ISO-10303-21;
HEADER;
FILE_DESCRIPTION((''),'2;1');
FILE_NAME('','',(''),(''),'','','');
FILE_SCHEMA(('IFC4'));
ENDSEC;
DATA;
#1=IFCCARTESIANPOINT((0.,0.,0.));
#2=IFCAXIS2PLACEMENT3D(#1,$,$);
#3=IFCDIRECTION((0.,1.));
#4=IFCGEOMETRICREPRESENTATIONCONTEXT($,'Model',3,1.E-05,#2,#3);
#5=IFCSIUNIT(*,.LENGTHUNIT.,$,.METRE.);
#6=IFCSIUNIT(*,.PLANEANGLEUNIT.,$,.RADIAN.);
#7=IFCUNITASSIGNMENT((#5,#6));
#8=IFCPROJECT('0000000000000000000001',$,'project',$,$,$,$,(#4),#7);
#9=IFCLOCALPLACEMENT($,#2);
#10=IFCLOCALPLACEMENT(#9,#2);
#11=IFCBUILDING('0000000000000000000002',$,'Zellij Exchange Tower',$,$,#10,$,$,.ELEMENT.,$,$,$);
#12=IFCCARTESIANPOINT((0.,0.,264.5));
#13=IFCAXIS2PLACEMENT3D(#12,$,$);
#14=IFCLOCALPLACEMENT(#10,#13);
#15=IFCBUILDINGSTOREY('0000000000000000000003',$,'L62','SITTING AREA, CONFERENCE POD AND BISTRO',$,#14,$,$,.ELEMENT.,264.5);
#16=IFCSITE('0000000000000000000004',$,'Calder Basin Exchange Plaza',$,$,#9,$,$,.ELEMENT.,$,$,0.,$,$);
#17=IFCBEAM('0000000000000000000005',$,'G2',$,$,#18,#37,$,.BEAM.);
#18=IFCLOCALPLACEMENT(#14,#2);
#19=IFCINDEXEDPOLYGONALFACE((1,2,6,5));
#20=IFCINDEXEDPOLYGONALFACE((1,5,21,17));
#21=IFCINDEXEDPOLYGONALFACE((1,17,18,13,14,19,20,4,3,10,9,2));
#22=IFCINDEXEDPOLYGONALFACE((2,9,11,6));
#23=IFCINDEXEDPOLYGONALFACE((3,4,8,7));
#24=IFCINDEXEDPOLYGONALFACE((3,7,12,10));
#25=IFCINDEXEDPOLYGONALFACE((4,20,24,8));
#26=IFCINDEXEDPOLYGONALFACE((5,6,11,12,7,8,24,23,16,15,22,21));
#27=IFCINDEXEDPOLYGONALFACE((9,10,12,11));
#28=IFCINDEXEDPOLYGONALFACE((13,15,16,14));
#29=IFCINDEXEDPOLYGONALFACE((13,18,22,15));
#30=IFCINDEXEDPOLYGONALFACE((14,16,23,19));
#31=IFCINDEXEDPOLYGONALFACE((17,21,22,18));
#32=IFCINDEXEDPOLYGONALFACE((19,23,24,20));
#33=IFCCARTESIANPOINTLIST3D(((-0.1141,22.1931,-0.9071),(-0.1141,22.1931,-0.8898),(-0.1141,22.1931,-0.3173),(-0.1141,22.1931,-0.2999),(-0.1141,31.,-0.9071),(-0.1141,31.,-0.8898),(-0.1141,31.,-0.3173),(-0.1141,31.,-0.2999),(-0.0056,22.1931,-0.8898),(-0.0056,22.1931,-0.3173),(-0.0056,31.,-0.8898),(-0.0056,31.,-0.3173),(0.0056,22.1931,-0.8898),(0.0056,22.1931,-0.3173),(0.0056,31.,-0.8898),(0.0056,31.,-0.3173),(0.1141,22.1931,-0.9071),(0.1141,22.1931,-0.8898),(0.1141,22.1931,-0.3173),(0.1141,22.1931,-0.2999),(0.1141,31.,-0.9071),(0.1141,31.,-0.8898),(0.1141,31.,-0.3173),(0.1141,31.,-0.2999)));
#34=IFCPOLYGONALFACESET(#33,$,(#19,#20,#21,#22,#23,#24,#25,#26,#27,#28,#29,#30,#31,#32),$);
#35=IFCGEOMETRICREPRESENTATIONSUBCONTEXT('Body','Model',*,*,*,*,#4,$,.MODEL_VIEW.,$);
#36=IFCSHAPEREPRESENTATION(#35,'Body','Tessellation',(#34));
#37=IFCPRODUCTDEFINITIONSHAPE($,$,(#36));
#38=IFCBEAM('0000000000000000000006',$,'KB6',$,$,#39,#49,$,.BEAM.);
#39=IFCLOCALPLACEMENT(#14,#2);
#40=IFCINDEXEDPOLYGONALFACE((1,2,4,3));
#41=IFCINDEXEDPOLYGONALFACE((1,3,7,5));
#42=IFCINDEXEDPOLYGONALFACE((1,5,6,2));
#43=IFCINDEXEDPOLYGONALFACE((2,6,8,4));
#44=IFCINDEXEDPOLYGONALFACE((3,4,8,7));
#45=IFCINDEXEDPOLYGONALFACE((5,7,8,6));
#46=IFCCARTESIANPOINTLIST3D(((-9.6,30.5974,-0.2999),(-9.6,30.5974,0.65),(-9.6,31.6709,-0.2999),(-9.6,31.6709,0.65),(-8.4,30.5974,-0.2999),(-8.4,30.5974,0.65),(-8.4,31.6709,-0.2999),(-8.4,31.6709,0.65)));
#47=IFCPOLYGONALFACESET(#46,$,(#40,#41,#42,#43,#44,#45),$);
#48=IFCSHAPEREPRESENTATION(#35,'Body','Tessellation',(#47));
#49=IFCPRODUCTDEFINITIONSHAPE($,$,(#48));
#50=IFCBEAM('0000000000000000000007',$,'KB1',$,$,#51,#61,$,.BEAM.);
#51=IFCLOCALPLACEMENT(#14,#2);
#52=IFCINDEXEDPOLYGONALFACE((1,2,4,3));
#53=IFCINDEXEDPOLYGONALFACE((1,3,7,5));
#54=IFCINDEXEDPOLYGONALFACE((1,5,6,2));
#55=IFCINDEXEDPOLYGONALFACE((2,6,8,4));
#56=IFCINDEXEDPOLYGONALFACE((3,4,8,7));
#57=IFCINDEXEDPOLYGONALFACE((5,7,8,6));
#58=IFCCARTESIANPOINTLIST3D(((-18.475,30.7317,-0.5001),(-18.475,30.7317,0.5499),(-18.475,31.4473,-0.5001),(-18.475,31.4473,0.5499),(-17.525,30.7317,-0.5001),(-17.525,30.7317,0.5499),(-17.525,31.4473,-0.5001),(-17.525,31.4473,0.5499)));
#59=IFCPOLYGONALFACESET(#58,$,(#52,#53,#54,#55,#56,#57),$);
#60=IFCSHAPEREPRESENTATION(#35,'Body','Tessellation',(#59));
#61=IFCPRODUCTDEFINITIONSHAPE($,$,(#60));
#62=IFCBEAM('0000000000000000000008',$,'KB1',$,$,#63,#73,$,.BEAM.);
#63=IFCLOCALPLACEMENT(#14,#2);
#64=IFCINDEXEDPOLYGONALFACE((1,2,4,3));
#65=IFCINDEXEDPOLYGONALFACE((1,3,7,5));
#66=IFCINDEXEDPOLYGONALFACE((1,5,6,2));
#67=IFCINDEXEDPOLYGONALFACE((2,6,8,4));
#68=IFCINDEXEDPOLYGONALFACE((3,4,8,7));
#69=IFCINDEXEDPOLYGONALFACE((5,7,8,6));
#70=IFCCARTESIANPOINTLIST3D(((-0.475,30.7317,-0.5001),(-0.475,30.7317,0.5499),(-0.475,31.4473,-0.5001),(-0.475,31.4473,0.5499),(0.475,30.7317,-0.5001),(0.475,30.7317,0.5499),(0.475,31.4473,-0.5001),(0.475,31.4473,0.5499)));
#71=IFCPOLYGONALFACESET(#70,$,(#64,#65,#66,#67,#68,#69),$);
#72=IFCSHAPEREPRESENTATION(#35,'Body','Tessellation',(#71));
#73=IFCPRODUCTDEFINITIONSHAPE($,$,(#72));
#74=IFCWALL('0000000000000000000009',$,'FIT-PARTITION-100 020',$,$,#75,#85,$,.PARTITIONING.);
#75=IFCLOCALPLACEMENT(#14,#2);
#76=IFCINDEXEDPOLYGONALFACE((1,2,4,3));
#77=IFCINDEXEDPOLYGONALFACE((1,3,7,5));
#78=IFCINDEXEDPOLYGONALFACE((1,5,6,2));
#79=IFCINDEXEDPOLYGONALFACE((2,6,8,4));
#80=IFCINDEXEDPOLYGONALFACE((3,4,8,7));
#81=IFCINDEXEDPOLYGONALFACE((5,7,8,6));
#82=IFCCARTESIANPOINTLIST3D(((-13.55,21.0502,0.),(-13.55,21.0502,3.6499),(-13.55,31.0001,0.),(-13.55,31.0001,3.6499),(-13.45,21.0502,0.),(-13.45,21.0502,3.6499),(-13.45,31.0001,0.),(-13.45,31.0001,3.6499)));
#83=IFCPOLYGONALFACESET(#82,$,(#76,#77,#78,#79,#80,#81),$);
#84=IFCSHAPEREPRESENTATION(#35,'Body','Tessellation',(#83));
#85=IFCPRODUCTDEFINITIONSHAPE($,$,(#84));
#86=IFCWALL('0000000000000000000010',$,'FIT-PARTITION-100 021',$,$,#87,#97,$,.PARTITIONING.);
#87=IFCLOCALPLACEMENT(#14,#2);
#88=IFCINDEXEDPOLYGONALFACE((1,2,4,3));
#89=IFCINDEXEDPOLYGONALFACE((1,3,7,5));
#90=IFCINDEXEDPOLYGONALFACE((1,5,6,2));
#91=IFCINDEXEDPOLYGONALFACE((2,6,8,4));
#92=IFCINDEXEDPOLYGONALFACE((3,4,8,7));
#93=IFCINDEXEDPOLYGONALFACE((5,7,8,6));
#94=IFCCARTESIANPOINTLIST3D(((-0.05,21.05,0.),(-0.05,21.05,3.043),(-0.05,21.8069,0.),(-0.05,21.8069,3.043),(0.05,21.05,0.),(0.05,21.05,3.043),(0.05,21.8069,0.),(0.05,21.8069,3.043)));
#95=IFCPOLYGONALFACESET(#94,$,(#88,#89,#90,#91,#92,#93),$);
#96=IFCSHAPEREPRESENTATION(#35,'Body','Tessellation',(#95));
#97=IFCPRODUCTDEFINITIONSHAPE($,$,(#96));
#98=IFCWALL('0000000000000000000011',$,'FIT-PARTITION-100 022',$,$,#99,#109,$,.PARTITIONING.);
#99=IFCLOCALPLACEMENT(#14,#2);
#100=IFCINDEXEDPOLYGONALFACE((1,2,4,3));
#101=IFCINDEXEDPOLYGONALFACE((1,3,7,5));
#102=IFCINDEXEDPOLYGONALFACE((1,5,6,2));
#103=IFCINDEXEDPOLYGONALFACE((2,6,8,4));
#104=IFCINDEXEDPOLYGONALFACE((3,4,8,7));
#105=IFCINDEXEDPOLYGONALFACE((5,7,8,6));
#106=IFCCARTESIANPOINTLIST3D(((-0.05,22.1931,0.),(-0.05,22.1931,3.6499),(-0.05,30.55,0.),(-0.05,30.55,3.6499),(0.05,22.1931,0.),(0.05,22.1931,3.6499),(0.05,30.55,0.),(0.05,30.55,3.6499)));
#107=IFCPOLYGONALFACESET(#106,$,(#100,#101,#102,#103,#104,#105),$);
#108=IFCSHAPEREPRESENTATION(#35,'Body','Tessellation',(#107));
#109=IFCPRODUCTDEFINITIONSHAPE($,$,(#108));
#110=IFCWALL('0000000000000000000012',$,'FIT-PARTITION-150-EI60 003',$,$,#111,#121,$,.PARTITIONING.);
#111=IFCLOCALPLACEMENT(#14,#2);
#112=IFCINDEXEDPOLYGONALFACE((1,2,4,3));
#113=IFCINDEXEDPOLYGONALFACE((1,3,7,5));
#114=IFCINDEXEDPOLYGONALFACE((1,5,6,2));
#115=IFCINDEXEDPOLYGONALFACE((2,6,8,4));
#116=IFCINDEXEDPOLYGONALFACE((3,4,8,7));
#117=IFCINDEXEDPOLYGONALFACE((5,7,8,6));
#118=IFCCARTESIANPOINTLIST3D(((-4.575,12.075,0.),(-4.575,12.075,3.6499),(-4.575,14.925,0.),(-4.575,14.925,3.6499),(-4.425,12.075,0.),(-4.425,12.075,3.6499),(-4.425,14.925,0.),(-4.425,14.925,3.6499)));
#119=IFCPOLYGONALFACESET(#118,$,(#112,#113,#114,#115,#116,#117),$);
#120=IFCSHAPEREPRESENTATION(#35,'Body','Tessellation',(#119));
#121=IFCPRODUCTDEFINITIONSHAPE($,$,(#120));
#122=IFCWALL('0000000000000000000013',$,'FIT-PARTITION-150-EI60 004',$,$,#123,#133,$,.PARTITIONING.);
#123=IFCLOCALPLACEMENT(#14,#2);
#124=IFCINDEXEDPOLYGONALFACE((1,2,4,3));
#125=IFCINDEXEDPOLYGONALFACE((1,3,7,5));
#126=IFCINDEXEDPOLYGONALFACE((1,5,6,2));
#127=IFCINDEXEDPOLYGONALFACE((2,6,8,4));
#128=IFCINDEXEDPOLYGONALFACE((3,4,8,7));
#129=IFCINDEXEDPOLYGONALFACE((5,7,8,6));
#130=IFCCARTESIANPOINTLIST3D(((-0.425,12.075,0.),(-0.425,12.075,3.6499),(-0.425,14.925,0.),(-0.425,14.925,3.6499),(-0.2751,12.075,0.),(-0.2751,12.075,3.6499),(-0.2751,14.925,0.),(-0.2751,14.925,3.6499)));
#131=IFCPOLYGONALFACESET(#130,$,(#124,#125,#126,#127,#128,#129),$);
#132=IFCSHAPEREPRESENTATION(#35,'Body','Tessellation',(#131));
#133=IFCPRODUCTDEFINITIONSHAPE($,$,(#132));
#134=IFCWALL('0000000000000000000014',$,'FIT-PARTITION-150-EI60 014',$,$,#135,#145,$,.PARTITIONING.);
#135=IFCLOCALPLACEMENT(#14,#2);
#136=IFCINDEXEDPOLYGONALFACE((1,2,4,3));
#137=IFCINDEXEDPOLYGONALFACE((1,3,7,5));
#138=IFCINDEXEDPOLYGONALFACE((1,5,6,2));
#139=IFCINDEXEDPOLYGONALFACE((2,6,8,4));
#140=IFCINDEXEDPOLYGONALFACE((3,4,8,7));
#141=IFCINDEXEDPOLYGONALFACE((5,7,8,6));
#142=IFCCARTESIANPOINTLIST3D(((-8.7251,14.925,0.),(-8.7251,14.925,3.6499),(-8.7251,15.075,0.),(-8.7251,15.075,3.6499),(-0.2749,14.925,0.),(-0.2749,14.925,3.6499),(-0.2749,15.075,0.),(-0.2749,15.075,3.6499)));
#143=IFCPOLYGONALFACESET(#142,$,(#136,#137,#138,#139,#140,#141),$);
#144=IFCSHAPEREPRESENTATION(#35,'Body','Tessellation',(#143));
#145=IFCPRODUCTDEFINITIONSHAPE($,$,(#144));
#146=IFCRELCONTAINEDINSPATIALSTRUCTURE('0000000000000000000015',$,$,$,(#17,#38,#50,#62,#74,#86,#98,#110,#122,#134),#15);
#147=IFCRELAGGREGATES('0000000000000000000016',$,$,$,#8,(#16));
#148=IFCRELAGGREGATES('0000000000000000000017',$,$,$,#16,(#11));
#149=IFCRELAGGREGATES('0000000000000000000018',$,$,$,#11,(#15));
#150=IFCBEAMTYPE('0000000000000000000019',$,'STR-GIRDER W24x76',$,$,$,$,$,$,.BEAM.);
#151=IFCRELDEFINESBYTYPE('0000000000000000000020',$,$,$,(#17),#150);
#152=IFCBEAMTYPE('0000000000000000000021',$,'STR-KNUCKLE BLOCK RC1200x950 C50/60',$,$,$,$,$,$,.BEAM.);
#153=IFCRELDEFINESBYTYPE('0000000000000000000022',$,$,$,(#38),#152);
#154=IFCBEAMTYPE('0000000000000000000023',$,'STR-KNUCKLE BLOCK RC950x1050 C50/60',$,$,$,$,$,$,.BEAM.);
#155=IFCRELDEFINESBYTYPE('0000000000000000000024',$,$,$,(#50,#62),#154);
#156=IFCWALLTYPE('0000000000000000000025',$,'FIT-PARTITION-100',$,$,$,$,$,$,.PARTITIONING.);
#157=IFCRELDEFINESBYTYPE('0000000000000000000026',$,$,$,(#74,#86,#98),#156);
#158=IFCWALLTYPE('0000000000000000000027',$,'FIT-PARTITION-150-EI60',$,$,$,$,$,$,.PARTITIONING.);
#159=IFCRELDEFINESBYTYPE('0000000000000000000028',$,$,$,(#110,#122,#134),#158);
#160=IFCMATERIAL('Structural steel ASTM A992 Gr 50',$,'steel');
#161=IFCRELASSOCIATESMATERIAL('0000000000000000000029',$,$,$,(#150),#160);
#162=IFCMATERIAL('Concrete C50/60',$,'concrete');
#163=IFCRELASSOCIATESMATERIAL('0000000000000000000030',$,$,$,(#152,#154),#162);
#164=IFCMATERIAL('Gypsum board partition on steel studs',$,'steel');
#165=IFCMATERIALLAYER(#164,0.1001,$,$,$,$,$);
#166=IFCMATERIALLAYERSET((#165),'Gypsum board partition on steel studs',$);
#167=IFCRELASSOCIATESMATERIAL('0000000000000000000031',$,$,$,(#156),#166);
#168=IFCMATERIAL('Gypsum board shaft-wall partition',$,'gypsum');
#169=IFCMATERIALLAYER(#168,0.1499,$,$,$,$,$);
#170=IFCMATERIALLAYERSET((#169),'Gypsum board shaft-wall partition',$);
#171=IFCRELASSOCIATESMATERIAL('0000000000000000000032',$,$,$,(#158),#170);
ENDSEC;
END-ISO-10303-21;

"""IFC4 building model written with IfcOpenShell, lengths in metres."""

from ifc_helpers import new_model, si_unit, direction, frame, frame_2d, origin, origin_2d, place, context, subcontext, project, spatial, rectangle, i_section, extrude, material, layer, layer_set, material_profile, profile_set, type_object, element, save


model = new_model("IFC4")

# Units and contexts
model_context = context("Model", 3, precision=1e-05, world=origin(), true_north=direction((0.0, 1.0)))
body_context = subcontext(model_context, "Body", "Model", "MODEL_VIEW")
ifc_project = project(units=[si_unit("LENGTHUNIT", "METRE"), si_unit("PLANEANGLEUNIT", "RADIAN")], contexts=[model_context])

# Site, building, storey
site_placement = place(None, origin())
site = spatial("IfcSite", under=ifc_project, at=site_placement, Name="Calder Basin Exchange Plaza", CompositionType="ELEMENT", RefElevation=0.0)
building_placement = place(site_placement, origin())
building = spatial("IfcBuilding", under=site, at=building_placement, Name="Zellij Exchange Tower", CompositionType="ELEMENT")
storey_placement = place(building_placement, frame((0.0, 0.0, 264.5)))
storey = spatial("IfcBuildingStorey", under=building, at=storey_placement, Name="L62", Description="SITTING AREA, CONFERENCE POD AND BISTRO", CompositionType="ELEMENT", Elevation=264.5)

# Shared definitions
ifc_material_1 = material(Name="Concrete C50/60", Category="concrete")
ifc_material_2 = material(Name="Structural steel ASTM A992 Gr 50", Category="steel")

# Beams
ifc_material_profile_1 = material_profile(ifc_material_2, i_section(OverallWidth=0.2283, OverallDepth=0.6072, WebThickness=0.0112, FlangeThickness=0.0173, at=origin_2d()), Name="W24x76")
ifc_profile_set_1 = profile_set([ifc_material_profile_1], Name="Structural steel ASTM A992 Gr 50")
beam_type_1 = type_object("IfcBeamType", Name="STR-GIRDER W24x76", PredefinedType="BEAM", material=ifc_profile_set_1)
beam_1_placement = place(storey_placement, frame((0.0, 22.1931, -0.6035), z_axis=(0.0, 1.0, 0.0), x_axis=(-1.0, 0.0, 0.0)))
element("IfcBeam", 1, at=beam_1_placement, inside=storey, type_object=beam_type_1, Name="G2", PredefinedType="BEAM", context=body_context, shape_type="SweptSolid", body=[
    extrude(i_section(OverallWidth=0.2283, OverallDepth=0.6072, WebThickness=0.0112, FlangeThickness=0.0173, at=origin_2d()), origin(), (0.0, 0.0, 1.0), 8.8069),
])
ifc_material_profile_2 = material_profile(ifc_material_1, rectangle(XDim=1.2, YDim=0.95, at=origin_2d()), Name="STR-KNUCKLE BLOCK RC1200x950 C50/60")
ifc_profile_set_2 = profile_set([ifc_material_profile_2], Name="Concrete C50/60")
beam_type_2 = type_object("IfcBeamType", Name="STR-KNUCKLE BLOCK RC1200x950 C50/60", PredefinedType="BEAM", material=ifc_profile_set_2)
beam_2_placement = place(storey_placement, frame((-9.0, 30.5974, 0.175), z_axis=(0.0, 1.0, 0.0), x_axis=(-1.0, 0.0, 0.0)))
element("IfcBeam", 2, at=beam_2_placement, inside=storey, type_object=beam_type_2, Name="KB6", PredefinedType="BEAM", context=body_context, shape_type="SweptSolid", body=[
    extrude(rectangle(XDim=1.2, YDim=0.95, at=origin_2d()), origin(), (0.0, 0.0, 1.0), 1.0735),
])
ifc_material_profile_3 = material_profile(ifc_material_1, rectangle(XDim=0.95, YDim=1.05, at=origin_2d()), Name="STR-KNUCKLE BLOCK RC950x1050 C50/60")
ifc_profile_set_3 = profile_set([ifc_material_profile_3], Name="Concrete C50/60")
beam_type_3 = type_object("IfcBeamType", Name="STR-KNUCKLE BLOCK RC950x1050 C50/60", PredefinedType="BEAM", material=ifc_profile_set_3)
for number, where, z_axis, x_axis, name in (
    (3, (-18.0, 30.7317, 0.0249), (0.0, 1.0, 0.0), (-1.0, 0.0, 0.0), "KB1"),
    (4, (0.0, 30.7317, 0.0249), (0.0, 1.0, 0.0), (-1.0, 0.0, 0.0), "KB1"),
):
    element("IfcBeam", number, at=place(storey_placement, frame(where, z_axis=z_axis, x_axis=x_axis)), inside=storey, type_object=beam_type_3, Name=name, PredefinedType="BEAM", context=body_context, shape_type="SweptSolid", body=[
        extrude(rectangle(XDim=0.95, YDim=1.05, at=origin_2d()), origin(), (0.0, 0.0, 1.0), 0.7156),
    ])

# Walls
ifc_material_3 = material(Name="Gypsum board partition on steel studs", Category="steel")
ifc_layer_1 = layer(ifc_material_3, 0.1001)
ifc_layer_set_1 = layer_set([ifc_layer_1], Name="Gypsum board partition on steel studs")
wall_type_1 = type_object("IfcWallType", Name="FIT-PARTITION-100", PredefinedType="PARTITIONING", material=ifc_layer_set_1)
wall_1_placement = place(storey_placement, frame((-13.5, 21.05, 0.0), z_axis=(0.0, 0.0, 1.0), x_axis=(0.0, 1.0, 0.0)))
element("IfcWall", 5, at=wall_1_placement, inside=storey, type_object=wall_type_1, Name="FIT-PARTITION-100 020", PredefinedType="PARTITIONING", context=body_context, shape_type="SweptSolid", body=[
    extrude(rectangle(XDim=9.95, YDim=0.1001, at=frame_2d((4.9751, 0.0))), origin(), (0.0, 0.0, 1.0), 3.6499),
])
wall_2_placement = place(storey_placement, frame((0.0, 21.05, 0.0), z_axis=(0.0, 0.0, 1.0), x_axis=(0.0, 1.0, 0.0)))
element("IfcWall", 6, at=wall_2_placement, inside=storey, type_object=wall_type_1, Name="FIT-PARTITION-100 021", PredefinedType="PARTITIONING", context=body_context, shape_type="SweptSolid", body=[
    extrude(rectangle(XDim=0.7568, YDim=0.1001, at=frame_2d((0.3784, 0.0))), origin(), (0.0, 0.0, 1.0), 3.043),
])
wall_3_placement = place(storey_placement, frame((0.0, 22.1931, 0.0), z_axis=(0.0, 0.0, 1.0), x_axis=(0.0, 1.0, 0.0)))
element("IfcWall", 7, at=wall_3_placement, inside=storey, type_object=wall_type_1, Name="FIT-PARTITION-100 022", PredefinedType="PARTITIONING", context=body_context, shape_type="SweptSolid", body=[
    extrude(rectangle(XDim=8.3569, YDim=0.1001, at=frame_2d((4.1785, 0.0))), origin(), (0.0, 0.0, 1.0), 3.6499),
])
ifc_material_4 = material(Name="Gypsum board shaft-wall partition", Category="gypsum")
ifc_layer_2 = layer(ifc_material_4, 0.1499)
ifc_layer_set_2 = layer_set([ifc_layer_2], Name="Gypsum board shaft-wall partition")
wall_type_2 = type_object("IfcWallType", Name="FIT-PARTITION-150-EI60", PredefinedType="PARTITIONING", material=ifc_layer_set_2)
for number, where, z_axis, x_axis, name in (
    (8, (-4.5, 12.075, 0.0), (0.0, 0.0, 1.0), (0.0, 1.0, 0.0), "FIT-PARTITION-150-EI60 003"),
    (9, (-0.3501, 12.075, 0.0), (0.0, 0.0, 1.0), (0.0, 1.0, 0.0), "FIT-PARTITION-150-EI60 004"),
):
    element("IfcWall", number, at=place(storey_placement, frame(where, z_axis=z_axis, x_axis=x_axis)), inside=storey, type_object=wall_type_2, Name=name, PredefinedType="PARTITIONING", context=body_context, shape_type="SweptSolid", body=[
        extrude(rectangle(XDim=2.8501, YDim=0.1499, at=frame_2d((1.425, 0.0))), origin(), (0.0, 0.0, 1.0), 3.6499),
    ])
wall_4_placement = place(storey_placement, frame((-8.7251, 15.0, 0.0), z_axis=(0.0, 0.0, 1.0), x_axis=(1.0, 0.0, 0.0)))
element("IfcWall", 10, at=wall_4_placement, inside=storey, type_object=wall_type_2, Name="FIT-PARTITION-150-EI60 014", PredefinedType="PARTITIONING", context=body_context, shape_type="SweptSolid", body=[
    extrude(rectangle(XDim=8.4502, YDim=0.1499, at=frame_2d((4.2251, 0.0))), origin(), (0.0, 0.0, 1.0), 3.6499),
])

save(model, "model.ifc")
